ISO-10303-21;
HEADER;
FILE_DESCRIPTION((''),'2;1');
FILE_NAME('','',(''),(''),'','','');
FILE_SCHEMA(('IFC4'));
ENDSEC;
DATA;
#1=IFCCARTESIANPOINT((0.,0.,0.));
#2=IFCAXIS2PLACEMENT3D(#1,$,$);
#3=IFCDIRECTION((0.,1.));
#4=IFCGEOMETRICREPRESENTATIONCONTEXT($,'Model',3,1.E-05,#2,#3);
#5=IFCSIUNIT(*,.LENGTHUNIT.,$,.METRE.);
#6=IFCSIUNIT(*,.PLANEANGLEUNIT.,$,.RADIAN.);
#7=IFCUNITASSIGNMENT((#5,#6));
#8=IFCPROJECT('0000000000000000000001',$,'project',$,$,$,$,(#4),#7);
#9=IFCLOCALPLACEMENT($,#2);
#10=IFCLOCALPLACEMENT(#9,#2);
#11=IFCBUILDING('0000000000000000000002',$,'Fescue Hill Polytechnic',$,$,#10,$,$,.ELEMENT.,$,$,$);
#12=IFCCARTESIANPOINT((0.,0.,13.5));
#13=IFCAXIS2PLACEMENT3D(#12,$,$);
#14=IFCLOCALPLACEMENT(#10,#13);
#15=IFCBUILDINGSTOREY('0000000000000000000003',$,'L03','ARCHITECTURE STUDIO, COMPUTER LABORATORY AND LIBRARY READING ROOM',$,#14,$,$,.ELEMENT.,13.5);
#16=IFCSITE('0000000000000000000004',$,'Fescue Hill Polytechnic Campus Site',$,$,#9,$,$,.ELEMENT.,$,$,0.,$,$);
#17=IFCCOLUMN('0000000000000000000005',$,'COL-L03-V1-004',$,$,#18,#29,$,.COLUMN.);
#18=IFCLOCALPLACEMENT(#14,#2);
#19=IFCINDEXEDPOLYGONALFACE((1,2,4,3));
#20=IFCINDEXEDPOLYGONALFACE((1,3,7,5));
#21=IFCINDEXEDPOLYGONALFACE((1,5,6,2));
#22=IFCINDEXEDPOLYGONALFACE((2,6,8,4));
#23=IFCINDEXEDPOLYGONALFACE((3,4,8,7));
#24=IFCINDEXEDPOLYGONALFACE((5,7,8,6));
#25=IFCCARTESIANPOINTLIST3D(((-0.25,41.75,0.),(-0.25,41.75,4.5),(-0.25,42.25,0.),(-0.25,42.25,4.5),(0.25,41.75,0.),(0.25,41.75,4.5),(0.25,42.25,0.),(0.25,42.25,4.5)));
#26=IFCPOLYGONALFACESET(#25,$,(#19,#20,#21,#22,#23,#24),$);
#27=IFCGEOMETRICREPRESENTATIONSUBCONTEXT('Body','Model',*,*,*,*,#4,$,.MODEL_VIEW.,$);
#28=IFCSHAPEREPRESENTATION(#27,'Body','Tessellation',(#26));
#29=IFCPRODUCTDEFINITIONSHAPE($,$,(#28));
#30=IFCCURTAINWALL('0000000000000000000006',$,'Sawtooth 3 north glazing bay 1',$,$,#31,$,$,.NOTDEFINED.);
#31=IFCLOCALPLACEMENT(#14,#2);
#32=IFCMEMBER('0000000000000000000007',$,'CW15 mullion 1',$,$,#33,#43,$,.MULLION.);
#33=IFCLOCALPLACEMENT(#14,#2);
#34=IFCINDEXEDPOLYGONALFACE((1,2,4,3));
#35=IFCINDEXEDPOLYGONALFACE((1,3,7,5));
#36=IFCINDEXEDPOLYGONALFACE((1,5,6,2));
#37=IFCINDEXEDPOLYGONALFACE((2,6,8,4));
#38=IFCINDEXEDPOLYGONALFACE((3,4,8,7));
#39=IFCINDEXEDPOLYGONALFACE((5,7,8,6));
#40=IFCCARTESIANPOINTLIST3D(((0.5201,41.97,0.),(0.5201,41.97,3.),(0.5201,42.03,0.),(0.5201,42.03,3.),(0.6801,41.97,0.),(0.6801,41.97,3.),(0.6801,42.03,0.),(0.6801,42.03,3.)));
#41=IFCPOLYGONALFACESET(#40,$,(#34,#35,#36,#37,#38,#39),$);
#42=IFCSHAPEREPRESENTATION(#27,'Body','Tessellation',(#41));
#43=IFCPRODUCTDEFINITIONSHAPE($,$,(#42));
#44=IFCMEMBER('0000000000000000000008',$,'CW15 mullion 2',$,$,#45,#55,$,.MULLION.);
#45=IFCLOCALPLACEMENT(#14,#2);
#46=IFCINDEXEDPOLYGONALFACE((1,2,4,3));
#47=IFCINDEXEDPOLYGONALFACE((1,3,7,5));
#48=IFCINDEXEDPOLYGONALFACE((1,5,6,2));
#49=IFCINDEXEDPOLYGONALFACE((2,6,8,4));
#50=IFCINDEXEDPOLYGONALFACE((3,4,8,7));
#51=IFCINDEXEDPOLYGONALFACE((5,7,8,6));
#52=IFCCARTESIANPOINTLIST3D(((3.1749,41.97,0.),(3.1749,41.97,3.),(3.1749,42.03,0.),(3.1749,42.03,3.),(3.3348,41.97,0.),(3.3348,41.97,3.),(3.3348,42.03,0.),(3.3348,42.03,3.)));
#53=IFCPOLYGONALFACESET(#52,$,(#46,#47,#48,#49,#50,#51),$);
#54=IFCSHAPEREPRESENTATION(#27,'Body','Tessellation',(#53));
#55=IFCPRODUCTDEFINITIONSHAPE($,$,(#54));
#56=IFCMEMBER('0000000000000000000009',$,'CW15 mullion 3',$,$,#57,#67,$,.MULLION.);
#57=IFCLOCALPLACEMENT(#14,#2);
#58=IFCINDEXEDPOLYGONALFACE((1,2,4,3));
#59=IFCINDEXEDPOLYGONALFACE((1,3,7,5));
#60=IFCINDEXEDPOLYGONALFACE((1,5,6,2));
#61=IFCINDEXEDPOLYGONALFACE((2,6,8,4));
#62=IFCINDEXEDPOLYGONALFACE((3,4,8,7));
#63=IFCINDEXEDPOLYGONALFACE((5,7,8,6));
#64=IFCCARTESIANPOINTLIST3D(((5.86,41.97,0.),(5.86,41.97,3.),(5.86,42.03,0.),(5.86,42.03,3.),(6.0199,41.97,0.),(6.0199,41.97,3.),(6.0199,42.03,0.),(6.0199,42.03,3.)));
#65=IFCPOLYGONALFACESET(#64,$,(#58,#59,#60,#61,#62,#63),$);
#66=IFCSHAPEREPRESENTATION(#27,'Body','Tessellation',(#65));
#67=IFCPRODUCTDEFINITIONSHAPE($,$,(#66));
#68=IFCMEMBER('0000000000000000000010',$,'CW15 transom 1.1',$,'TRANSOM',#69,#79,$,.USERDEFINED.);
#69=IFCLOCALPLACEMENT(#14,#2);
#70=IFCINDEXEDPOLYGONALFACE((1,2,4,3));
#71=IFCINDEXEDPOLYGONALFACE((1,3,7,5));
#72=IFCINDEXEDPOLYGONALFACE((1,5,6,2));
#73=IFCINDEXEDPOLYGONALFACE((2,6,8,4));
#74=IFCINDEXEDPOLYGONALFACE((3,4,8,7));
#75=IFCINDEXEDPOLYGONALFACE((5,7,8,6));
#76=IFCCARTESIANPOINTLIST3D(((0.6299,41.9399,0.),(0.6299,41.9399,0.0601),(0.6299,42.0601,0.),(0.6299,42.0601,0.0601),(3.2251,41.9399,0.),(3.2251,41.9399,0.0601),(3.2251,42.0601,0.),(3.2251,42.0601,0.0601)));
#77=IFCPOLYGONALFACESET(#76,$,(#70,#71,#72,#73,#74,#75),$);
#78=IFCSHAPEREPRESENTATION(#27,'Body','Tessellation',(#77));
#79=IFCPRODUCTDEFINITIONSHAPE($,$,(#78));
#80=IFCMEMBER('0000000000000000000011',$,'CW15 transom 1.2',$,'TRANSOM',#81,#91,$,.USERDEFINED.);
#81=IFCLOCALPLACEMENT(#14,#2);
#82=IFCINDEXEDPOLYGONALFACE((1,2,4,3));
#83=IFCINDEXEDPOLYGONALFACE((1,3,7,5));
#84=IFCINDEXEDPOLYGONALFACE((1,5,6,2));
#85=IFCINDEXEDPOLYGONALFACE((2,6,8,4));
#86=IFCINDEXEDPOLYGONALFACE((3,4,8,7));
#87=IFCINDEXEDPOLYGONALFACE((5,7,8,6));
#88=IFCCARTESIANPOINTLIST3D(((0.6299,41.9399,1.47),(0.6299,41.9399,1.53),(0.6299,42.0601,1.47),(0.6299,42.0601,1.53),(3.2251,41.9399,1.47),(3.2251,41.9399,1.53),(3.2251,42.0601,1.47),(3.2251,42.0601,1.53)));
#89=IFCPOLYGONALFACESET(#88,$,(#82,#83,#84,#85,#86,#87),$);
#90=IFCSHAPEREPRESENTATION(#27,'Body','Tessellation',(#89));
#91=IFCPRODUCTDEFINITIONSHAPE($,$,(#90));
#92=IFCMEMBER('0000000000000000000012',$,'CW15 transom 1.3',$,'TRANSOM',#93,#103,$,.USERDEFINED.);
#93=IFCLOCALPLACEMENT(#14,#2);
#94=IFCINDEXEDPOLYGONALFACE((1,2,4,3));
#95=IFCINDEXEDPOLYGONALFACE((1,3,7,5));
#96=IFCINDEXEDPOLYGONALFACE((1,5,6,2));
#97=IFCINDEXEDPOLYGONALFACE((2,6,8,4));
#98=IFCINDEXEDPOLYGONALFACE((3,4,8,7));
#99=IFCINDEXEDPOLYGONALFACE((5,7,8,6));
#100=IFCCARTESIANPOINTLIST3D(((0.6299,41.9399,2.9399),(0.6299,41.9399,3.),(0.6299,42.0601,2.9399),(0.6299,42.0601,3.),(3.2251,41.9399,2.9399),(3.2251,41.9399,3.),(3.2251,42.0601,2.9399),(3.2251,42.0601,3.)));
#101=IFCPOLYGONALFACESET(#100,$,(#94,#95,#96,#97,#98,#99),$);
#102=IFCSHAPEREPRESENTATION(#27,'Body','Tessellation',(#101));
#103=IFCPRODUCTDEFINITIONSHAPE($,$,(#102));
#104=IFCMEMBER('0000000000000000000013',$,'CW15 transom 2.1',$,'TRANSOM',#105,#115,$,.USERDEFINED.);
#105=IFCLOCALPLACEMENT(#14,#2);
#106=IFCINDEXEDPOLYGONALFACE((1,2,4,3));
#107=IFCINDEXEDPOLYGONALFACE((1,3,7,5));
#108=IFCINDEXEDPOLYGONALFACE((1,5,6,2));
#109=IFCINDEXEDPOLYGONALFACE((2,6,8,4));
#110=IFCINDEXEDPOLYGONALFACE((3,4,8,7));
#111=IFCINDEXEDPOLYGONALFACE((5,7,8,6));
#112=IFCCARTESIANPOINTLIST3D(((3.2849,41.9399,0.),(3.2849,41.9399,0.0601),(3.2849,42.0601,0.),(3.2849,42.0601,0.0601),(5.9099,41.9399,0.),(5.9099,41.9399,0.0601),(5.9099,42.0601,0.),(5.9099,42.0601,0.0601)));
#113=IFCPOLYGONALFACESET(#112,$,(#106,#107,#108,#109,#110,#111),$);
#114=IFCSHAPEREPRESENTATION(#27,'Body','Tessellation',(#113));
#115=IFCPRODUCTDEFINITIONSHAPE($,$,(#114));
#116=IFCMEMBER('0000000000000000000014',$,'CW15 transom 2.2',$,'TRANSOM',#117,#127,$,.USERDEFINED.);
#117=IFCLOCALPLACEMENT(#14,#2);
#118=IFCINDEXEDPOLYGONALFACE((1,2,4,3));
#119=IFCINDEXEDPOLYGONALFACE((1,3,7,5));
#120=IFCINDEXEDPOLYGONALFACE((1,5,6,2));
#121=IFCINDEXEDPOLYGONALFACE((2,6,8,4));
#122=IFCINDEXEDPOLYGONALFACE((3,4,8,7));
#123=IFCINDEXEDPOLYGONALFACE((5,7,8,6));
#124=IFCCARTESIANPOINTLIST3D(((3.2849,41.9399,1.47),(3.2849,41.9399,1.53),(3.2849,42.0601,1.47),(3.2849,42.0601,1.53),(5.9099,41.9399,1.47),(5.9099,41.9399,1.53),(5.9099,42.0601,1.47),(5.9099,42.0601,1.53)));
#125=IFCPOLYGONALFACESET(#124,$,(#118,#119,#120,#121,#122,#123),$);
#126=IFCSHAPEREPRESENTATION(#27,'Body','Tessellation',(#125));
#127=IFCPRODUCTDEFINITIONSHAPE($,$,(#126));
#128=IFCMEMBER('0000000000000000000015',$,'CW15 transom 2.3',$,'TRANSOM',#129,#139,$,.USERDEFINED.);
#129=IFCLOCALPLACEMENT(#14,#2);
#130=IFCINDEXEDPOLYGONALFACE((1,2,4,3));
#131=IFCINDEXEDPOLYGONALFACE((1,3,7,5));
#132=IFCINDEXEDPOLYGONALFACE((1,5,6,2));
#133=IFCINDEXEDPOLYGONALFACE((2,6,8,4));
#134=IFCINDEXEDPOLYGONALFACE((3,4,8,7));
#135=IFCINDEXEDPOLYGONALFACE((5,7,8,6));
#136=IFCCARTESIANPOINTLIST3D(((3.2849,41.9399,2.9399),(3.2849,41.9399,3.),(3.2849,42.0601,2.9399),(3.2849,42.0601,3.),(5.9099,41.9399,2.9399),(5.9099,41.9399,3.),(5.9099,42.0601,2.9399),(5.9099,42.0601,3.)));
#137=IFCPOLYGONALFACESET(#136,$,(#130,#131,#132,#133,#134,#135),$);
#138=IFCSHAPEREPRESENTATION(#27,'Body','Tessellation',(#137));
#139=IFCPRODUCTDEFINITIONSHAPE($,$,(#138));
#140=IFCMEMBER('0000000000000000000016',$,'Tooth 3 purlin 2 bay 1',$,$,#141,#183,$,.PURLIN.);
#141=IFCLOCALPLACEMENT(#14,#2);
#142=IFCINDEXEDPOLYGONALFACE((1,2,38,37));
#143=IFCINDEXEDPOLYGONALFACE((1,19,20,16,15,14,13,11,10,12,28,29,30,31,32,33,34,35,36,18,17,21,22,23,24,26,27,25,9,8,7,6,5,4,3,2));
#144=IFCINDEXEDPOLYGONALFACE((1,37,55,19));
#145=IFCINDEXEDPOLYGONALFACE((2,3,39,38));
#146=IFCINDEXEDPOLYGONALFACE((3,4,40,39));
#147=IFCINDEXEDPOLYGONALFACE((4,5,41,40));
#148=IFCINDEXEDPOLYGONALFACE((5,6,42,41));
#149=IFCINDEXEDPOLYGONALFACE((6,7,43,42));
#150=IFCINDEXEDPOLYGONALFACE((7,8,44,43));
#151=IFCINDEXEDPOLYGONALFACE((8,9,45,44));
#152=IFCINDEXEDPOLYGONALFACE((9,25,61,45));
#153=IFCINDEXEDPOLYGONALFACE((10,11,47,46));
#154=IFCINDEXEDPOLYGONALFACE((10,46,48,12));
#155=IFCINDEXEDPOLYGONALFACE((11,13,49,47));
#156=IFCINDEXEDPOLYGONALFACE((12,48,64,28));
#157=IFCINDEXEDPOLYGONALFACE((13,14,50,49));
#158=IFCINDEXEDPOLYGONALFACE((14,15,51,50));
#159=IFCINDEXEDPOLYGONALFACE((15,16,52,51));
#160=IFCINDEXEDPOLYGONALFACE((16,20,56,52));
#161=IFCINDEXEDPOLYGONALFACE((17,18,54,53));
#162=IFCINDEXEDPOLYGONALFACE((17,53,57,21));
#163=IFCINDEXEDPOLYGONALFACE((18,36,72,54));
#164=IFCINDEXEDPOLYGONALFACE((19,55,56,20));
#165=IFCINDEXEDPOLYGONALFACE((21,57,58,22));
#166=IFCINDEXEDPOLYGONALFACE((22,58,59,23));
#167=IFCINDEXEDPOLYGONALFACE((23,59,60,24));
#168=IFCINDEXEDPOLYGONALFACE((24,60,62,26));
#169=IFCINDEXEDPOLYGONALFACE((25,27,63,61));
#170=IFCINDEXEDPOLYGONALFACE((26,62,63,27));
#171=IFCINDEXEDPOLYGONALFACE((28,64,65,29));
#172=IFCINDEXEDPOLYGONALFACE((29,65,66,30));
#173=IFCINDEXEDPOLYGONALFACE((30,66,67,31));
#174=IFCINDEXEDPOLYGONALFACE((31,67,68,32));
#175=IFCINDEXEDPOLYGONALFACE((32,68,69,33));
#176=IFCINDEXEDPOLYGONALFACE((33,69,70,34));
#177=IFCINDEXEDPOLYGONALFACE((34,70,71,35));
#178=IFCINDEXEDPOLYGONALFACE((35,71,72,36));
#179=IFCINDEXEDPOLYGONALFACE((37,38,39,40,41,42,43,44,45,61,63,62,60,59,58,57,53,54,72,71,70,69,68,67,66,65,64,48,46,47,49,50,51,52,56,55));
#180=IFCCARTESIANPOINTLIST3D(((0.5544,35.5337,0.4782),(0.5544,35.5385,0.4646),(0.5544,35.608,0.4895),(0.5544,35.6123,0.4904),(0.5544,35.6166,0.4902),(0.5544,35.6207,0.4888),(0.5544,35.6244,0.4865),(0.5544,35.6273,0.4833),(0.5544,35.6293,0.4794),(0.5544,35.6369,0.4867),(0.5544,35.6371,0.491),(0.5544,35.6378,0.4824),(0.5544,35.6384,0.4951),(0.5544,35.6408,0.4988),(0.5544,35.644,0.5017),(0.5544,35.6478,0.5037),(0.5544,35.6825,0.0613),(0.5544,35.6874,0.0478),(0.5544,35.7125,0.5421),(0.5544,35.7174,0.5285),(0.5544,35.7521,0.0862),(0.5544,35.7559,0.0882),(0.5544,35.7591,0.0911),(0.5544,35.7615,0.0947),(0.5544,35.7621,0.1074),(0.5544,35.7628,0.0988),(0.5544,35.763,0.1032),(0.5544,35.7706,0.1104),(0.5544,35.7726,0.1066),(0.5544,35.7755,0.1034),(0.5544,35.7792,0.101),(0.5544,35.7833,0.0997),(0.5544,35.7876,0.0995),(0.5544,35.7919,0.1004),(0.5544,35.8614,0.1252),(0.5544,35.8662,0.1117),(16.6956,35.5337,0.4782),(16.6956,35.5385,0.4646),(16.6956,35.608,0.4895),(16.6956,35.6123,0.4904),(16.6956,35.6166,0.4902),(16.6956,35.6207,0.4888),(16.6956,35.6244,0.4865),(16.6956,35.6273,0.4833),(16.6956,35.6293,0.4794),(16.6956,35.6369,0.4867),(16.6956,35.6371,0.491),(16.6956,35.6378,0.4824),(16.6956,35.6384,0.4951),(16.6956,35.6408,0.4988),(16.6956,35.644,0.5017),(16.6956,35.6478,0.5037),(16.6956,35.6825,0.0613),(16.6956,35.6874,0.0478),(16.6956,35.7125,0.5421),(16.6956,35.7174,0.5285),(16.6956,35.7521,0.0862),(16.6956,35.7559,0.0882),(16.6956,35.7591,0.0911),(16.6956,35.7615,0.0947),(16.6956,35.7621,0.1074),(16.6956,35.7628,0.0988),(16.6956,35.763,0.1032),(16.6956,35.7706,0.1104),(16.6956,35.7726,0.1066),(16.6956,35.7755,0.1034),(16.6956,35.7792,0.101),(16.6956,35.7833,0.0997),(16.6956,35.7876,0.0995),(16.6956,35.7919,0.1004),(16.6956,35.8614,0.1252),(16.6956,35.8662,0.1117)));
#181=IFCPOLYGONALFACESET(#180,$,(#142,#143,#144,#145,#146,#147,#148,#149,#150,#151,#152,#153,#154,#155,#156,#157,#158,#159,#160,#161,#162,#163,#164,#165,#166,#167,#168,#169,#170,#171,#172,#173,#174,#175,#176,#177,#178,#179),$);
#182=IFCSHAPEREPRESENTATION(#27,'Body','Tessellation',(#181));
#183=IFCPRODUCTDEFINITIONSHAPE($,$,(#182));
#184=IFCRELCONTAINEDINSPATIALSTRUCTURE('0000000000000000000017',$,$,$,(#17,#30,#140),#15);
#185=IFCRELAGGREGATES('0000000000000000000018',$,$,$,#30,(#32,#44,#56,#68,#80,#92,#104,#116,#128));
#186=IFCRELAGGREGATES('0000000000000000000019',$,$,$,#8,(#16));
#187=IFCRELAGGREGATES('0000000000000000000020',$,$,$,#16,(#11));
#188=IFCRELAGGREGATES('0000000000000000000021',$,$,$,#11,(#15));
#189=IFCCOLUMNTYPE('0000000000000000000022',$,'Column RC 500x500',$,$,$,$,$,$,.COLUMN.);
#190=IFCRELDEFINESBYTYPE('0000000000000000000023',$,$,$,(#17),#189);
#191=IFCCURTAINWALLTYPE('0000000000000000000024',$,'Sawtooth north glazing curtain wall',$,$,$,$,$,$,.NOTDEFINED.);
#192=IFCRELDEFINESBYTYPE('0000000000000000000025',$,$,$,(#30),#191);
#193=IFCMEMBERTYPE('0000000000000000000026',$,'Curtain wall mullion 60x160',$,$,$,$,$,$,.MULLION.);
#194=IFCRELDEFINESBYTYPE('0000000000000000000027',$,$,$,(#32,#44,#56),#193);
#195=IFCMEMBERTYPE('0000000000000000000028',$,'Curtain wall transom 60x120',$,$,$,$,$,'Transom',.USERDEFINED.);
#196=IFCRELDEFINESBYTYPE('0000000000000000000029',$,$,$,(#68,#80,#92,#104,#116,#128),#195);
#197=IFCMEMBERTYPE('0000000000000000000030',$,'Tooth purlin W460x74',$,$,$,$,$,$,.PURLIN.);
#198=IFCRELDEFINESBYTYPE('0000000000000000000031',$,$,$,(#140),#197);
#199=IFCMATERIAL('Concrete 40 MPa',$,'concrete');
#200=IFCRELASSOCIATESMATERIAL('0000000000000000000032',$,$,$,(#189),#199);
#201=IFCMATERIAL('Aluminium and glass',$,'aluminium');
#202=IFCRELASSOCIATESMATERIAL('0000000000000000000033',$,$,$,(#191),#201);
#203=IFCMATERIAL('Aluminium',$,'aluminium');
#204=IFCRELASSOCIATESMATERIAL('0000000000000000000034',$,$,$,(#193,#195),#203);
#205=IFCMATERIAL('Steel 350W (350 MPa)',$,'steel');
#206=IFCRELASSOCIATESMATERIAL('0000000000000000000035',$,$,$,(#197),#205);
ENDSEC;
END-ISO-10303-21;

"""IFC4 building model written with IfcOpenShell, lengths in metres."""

from ifc_helpers import new_model, si_unit, direction, frame, origin, origin_2d, place, context, subcontext, project, spatial, rectangle, i_section, extrude, material, material_profile, profile_set, type_object, element, aggregate, save


model = new_model("IFC4")

# Units and contexts
model_context = context("Model", 3, precision=1e-05, world=origin(), true_north=direction((0.0, 1.0)))
body_context = subcontext(model_context, "Body", "Model", "MODEL_VIEW")
ifc_project = project(units=[si_unit("LENGTHUNIT", "METRE"), si_unit("PLANEANGLEUNIT", "RADIAN")], contexts=[model_context])

# Site, building, storey
site_placement = place(None, origin())
site = spatial("IfcSite", under=ifc_project, at=site_placement, Name="Fescue Hill Polytechnic Campus Site", CompositionType="ELEMENT", RefElevation=0.0)
building_placement = place(site_placement, origin())
building = spatial("IfcBuilding", under=site, at=building_placement, Name="Fescue Hill Polytechnic", CompositionType="ELEMENT")
storey_placement = place(building_placement, frame((0.0, 0.0, 13.5)))
storey = spatial("IfcBuildingStorey", under=building, at=storey_placement, Name="L03", Description="ARCHITECTURE STUDIO, COMPUTER LABORATORY AND LIBRARY READING ROOM", CompositionType="ELEMENT", Elevation=13.5)

# Column
ifc_material_1 = material(Name="Concrete 40 MPa", Category="concrete")
ifc_material_profile_1 = material_profile(ifc_material_1, rectangle(XDim=0.5, YDim=0.5, at=origin_2d()), Name="RC 500x500")
ifc_profile_set_1 = profile_set([ifc_material_profile_1], Name="Concrete 40 MPa")
column_type = type_object("IfcColumnType", Name="Column RC 500x500", PredefinedType="COLUMN", material=ifc_profile_set_1)
column_placement = place(storey_placement, frame((0.0, 42.0, 0.0), z_axis=(0.0, 0.0, 1.0), x_axis=(1.0, 0.0, 0.0)))
element("IfcColumn", 1, at=column_placement, inside=storey, type_object=column_type, Name="COL-L03-V1-004", PredefinedType="COLUMN", context=body_context, shape_type="SweptSolid", body=[
    extrude(rectangle(XDim=0.5, YDim=0.5, at=origin_2d()), origin(), (0.0, 0.0, 1.0), 4.5),
])

# Curtain wall, members
ifc_material_2 = material(Name="Aluminium and glass", Category="aluminium")
curtain_wall_type = type_object("IfcCurtainWallType", Name="Sawtooth north glazing curtain wall", PredefinedType="NOTDEFINED", material=ifc_material_2)
curtain_wall_placement = place(storey_placement, origin())
curtain_wall = element("IfcCurtainWall", 2, at=curtain_wall_placement, inside=storey, type_object=curtain_wall_type, Name="Sawtooth 3 north glazing bay 1", PredefinedType="NOTDEFINED")
ifc_material_3 = material(Name="Aluminium", Category="aluminium")
ifc_material_profile_2 = material_profile(ifc_material_3, rectangle(XDim=0.0601, YDim=0.1599, at=origin_2d()), Name="Curtain wall mullion 60x160")
ifc_profile_set_2 = profile_set([ifc_material_profile_2], Name="Aluminium")
member_type_1 = type_object("IfcMemberType", Name="Curtain wall mullion 60x160", PredefinedType="MULLION", material=ifc_profile_set_2)
member_1_placement = place(storey_placement, frame((0.6001, 42.0, 0.0), z_axis=(0.0, 0.0, 1.0), x_axis=(0.0, 1.0, 0.0)))
member_1 = element("IfcMember", 3, at=member_1_placement, type_object=member_type_1, Name="CW15 mullion 1", PredefinedType="MULLION", context=body_context, shape_type="SweptSolid", body=[
    extrude(rectangle(XDim=0.0601, YDim=0.1599, at=origin_2d()), origin(), (0.0, 0.0, 1.0), 3.0),
])
member_2_placement = place(storey_placement, frame((3.2549, 42.0, 0.0), z_axis=(0.0, 0.0, 1.0), x_axis=(0.0, 1.0, 0.0)))
member_2 = element("IfcMember", 4, at=member_2_placement, type_object=member_type_1, Name="CW15 mullion 2", PredefinedType="MULLION", context=body_context, shape_type="SweptSolid", body=[
    extrude(rectangle(XDim=0.0601, YDim=0.1599, at=origin_2d()), origin(), (0.0, 0.0, 1.0), 3.0),
])
member_3_placement = place(storey_placement, frame((5.9399, 42.0, 0.0), z_axis=(0.0, 0.0, 1.0), x_axis=(0.0, 1.0, 0.0)))
member_3 = element("IfcMember", 5, at=member_3_placement, type_object=member_type_1, Name="CW15 mullion 3", PredefinedType="MULLION", context=body_context, shape_type="SweptSolid", body=[
    extrude(rectangle(XDim=0.0601, YDim=0.1599, at=origin_2d()), origin(), (0.0, 0.0, 1.0), 3.0),
])
ifc_material_profile_3 = material_profile(ifc_material_3, rectangle(XDim=0.1201, YDim=0.0601, at=origin_2d()), Name="Curtain wall transom 60x120")
ifc_profile_set_3 = profile_set([ifc_material_profile_3], Name="Aluminium")
member_type_2 = type_object("IfcMemberType", Name="Curtain wall transom 60x120", ElementType="Transom", PredefinedType="USERDEFINED", material=ifc_profile_set_3)
member_4_placement = place(storey_placement, frame((0.6299, 42.0, 0.03), z_axis=(1.0, 0.0, 0.0), x_axis=(0.0, 1.0, 0.0)))
member_4 = element("IfcMember", 6, at=member_4_placement, type_object=member_type_2, Name="CW15 transom 1.1", ObjectType="TRANSOM", PredefinedType="USERDEFINED", context=body_context, shape_type="SweptSolid", body=[
    extrude(rectangle(XDim=0.1201, YDim=0.0601, at=origin_2d()), origin(), (0.0, 0.0, 1.0), 2.5952),
])
member_5_placement = place(storey_placement, frame((0.6299, 42.0, 1.5), z_axis=(1.0, 0.0, 0.0), x_axis=(0.0, 1.0, 0.0)))
member_5 = element("IfcMember", 7, at=member_5_placement, type_object=member_type_2, Name="CW15 transom 1.2", ObjectType="TRANSOM", PredefinedType="USERDEFINED", context=body_context, shape_type="SweptSolid", body=[
    extrude(rectangle(XDim=0.1201, YDim=0.0601, at=origin_2d()), origin(), (0.0, 0.0, 1.0), 2.5952),
])
member_6_placement = place(storey_placement, frame((0.6299, 42.0, 2.97), z_axis=(1.0, 0.0, 0.0), x_axis=(0.0, 1.0, 0.0)))
member_6 = element("IfcMember", 8, at=member_6_placement, type_object=member_type_2, Name="CW15 transom 1.3", ObjectType="TRANSOM", PredefinedType="USERDEFINED", context=body_context, shape_type="SweptSolid", body=[
    extrude(rectangle(XDim=0.1201, YDim=0.0601, at=origin_2d()), origin(), (0.0, 0.0, 1.0), 2.5952),
])
member_7_placement = place(storey_placement, frame((3.2849, 42.0, 0.03), z_axis=(1.0, 0.0, 0.0), x_axis=(0.0, 1.0, 0.0)))
member_7 = element("IfcMember", 9, at=member_7_placement, type_object=member_type_2, Name="CW15 transom 2.1", ObjectType="TRANSOM", PredefinedType="USERDEFINED", context=body_context, shape_type="SweptSolid", body=[
    extrude(rectangle(XDim=0.1201, YDim=0.0601, at=origin_2d()), origin(), (0.0, 0.0, 1.0), 2.625),
])
member_8_placement = place(storey_placement, frame((3.2849, 42.0, 1.5), z_axis=(1.0, 0.0, 0.0), x_axis=(0.0, 1.0, 0.0)))
member_8 = element("IfcMember", 10, at=member_8_placement, type_object=member_type_2, Name="CW15 transom 2.2", ObjectType="TRANSOM", PredefinedType="USERDEFINED", context=body_context, shape_type="SweptSolid", body=[
    extrude(rectangle(XDim=0.1201, YDim=0.0601, at=origin_2d()), origin(), (0.0, 0.0, 1.0), 2.625),
])
member_9_placement = place(storey_placement, frame((3.2849, 42.0, 2.97), z_axis=(1.0, 0.0, 0.0), x_axis=(0.0, 1.0, 0.0)))
member_9 = element("IfcMember", 11, at=member_9_placement, type_object=member_type_2, Name="CW15 transom 2.3", ObjectType="TRANSOM", PredefinedType="USERDEFINED", context=body_context, shape_type="SweptSolid", body=[
    extrude(rectangle(XDim=0.1201, YDim=0.0601, at=origin_2d()), origin(), (0.0, 0.0, 1.0), 2.625),
])

# Member
ifc_material_4 = material(Name="Steel 350W (350 MPa)", Category="steel")
ifc_material_profile_4 = material_profile(ifc_material_4, i_section(OverallWidth=0.1899, OverallDepth=0.457, WebThickness=0.009, FlangeThickness=0.0144, FilletRadius=0.0166, at=origin_2d()), Name="W460x74")
ifc_profile_set_4 = profile_set([ifc_material_profile_4], Name="Steel 350W (350 MPa)")
member_type_3 = type_object("IfcMemberType", Name="Tooth purlin W460x74", PredefinedType="PURLIN", material=ifc_profile_set_4)
for number, where, z_axis, x_axis, name in (
    (12, (0.5544, 35.7, 0.2949), (1.0, 0.0, 0.0), (0.0, 0.941742, 0.336336), "Tooth 3 purlin 2 bay 1"),
):
    element("IfcMember", number, at=place(storey_placement, frame(where, z_axis=z_axis, x_axis=x_axis)), inside=storey, type_object=member_type_3, Name=name, PredefinedType="PURLIN", context=body_context, shape_type="SweptSolid", body=[
        extrude(i_section(OverallWidth=0.1899, OverallDepth=0.457, WebThickness=0.009, FlangeThickness=0.0144, FilletRadius=0.0166, at=origin_2d()), origin(), (0.0, 0.0, 1.0), 16.1411),
    ])

aggregate(curtain_wall, [member_1, member_2, member_3, member_4, member_5, member_6, member_7, member_8, member_9])

save(model, "model.ifc")
